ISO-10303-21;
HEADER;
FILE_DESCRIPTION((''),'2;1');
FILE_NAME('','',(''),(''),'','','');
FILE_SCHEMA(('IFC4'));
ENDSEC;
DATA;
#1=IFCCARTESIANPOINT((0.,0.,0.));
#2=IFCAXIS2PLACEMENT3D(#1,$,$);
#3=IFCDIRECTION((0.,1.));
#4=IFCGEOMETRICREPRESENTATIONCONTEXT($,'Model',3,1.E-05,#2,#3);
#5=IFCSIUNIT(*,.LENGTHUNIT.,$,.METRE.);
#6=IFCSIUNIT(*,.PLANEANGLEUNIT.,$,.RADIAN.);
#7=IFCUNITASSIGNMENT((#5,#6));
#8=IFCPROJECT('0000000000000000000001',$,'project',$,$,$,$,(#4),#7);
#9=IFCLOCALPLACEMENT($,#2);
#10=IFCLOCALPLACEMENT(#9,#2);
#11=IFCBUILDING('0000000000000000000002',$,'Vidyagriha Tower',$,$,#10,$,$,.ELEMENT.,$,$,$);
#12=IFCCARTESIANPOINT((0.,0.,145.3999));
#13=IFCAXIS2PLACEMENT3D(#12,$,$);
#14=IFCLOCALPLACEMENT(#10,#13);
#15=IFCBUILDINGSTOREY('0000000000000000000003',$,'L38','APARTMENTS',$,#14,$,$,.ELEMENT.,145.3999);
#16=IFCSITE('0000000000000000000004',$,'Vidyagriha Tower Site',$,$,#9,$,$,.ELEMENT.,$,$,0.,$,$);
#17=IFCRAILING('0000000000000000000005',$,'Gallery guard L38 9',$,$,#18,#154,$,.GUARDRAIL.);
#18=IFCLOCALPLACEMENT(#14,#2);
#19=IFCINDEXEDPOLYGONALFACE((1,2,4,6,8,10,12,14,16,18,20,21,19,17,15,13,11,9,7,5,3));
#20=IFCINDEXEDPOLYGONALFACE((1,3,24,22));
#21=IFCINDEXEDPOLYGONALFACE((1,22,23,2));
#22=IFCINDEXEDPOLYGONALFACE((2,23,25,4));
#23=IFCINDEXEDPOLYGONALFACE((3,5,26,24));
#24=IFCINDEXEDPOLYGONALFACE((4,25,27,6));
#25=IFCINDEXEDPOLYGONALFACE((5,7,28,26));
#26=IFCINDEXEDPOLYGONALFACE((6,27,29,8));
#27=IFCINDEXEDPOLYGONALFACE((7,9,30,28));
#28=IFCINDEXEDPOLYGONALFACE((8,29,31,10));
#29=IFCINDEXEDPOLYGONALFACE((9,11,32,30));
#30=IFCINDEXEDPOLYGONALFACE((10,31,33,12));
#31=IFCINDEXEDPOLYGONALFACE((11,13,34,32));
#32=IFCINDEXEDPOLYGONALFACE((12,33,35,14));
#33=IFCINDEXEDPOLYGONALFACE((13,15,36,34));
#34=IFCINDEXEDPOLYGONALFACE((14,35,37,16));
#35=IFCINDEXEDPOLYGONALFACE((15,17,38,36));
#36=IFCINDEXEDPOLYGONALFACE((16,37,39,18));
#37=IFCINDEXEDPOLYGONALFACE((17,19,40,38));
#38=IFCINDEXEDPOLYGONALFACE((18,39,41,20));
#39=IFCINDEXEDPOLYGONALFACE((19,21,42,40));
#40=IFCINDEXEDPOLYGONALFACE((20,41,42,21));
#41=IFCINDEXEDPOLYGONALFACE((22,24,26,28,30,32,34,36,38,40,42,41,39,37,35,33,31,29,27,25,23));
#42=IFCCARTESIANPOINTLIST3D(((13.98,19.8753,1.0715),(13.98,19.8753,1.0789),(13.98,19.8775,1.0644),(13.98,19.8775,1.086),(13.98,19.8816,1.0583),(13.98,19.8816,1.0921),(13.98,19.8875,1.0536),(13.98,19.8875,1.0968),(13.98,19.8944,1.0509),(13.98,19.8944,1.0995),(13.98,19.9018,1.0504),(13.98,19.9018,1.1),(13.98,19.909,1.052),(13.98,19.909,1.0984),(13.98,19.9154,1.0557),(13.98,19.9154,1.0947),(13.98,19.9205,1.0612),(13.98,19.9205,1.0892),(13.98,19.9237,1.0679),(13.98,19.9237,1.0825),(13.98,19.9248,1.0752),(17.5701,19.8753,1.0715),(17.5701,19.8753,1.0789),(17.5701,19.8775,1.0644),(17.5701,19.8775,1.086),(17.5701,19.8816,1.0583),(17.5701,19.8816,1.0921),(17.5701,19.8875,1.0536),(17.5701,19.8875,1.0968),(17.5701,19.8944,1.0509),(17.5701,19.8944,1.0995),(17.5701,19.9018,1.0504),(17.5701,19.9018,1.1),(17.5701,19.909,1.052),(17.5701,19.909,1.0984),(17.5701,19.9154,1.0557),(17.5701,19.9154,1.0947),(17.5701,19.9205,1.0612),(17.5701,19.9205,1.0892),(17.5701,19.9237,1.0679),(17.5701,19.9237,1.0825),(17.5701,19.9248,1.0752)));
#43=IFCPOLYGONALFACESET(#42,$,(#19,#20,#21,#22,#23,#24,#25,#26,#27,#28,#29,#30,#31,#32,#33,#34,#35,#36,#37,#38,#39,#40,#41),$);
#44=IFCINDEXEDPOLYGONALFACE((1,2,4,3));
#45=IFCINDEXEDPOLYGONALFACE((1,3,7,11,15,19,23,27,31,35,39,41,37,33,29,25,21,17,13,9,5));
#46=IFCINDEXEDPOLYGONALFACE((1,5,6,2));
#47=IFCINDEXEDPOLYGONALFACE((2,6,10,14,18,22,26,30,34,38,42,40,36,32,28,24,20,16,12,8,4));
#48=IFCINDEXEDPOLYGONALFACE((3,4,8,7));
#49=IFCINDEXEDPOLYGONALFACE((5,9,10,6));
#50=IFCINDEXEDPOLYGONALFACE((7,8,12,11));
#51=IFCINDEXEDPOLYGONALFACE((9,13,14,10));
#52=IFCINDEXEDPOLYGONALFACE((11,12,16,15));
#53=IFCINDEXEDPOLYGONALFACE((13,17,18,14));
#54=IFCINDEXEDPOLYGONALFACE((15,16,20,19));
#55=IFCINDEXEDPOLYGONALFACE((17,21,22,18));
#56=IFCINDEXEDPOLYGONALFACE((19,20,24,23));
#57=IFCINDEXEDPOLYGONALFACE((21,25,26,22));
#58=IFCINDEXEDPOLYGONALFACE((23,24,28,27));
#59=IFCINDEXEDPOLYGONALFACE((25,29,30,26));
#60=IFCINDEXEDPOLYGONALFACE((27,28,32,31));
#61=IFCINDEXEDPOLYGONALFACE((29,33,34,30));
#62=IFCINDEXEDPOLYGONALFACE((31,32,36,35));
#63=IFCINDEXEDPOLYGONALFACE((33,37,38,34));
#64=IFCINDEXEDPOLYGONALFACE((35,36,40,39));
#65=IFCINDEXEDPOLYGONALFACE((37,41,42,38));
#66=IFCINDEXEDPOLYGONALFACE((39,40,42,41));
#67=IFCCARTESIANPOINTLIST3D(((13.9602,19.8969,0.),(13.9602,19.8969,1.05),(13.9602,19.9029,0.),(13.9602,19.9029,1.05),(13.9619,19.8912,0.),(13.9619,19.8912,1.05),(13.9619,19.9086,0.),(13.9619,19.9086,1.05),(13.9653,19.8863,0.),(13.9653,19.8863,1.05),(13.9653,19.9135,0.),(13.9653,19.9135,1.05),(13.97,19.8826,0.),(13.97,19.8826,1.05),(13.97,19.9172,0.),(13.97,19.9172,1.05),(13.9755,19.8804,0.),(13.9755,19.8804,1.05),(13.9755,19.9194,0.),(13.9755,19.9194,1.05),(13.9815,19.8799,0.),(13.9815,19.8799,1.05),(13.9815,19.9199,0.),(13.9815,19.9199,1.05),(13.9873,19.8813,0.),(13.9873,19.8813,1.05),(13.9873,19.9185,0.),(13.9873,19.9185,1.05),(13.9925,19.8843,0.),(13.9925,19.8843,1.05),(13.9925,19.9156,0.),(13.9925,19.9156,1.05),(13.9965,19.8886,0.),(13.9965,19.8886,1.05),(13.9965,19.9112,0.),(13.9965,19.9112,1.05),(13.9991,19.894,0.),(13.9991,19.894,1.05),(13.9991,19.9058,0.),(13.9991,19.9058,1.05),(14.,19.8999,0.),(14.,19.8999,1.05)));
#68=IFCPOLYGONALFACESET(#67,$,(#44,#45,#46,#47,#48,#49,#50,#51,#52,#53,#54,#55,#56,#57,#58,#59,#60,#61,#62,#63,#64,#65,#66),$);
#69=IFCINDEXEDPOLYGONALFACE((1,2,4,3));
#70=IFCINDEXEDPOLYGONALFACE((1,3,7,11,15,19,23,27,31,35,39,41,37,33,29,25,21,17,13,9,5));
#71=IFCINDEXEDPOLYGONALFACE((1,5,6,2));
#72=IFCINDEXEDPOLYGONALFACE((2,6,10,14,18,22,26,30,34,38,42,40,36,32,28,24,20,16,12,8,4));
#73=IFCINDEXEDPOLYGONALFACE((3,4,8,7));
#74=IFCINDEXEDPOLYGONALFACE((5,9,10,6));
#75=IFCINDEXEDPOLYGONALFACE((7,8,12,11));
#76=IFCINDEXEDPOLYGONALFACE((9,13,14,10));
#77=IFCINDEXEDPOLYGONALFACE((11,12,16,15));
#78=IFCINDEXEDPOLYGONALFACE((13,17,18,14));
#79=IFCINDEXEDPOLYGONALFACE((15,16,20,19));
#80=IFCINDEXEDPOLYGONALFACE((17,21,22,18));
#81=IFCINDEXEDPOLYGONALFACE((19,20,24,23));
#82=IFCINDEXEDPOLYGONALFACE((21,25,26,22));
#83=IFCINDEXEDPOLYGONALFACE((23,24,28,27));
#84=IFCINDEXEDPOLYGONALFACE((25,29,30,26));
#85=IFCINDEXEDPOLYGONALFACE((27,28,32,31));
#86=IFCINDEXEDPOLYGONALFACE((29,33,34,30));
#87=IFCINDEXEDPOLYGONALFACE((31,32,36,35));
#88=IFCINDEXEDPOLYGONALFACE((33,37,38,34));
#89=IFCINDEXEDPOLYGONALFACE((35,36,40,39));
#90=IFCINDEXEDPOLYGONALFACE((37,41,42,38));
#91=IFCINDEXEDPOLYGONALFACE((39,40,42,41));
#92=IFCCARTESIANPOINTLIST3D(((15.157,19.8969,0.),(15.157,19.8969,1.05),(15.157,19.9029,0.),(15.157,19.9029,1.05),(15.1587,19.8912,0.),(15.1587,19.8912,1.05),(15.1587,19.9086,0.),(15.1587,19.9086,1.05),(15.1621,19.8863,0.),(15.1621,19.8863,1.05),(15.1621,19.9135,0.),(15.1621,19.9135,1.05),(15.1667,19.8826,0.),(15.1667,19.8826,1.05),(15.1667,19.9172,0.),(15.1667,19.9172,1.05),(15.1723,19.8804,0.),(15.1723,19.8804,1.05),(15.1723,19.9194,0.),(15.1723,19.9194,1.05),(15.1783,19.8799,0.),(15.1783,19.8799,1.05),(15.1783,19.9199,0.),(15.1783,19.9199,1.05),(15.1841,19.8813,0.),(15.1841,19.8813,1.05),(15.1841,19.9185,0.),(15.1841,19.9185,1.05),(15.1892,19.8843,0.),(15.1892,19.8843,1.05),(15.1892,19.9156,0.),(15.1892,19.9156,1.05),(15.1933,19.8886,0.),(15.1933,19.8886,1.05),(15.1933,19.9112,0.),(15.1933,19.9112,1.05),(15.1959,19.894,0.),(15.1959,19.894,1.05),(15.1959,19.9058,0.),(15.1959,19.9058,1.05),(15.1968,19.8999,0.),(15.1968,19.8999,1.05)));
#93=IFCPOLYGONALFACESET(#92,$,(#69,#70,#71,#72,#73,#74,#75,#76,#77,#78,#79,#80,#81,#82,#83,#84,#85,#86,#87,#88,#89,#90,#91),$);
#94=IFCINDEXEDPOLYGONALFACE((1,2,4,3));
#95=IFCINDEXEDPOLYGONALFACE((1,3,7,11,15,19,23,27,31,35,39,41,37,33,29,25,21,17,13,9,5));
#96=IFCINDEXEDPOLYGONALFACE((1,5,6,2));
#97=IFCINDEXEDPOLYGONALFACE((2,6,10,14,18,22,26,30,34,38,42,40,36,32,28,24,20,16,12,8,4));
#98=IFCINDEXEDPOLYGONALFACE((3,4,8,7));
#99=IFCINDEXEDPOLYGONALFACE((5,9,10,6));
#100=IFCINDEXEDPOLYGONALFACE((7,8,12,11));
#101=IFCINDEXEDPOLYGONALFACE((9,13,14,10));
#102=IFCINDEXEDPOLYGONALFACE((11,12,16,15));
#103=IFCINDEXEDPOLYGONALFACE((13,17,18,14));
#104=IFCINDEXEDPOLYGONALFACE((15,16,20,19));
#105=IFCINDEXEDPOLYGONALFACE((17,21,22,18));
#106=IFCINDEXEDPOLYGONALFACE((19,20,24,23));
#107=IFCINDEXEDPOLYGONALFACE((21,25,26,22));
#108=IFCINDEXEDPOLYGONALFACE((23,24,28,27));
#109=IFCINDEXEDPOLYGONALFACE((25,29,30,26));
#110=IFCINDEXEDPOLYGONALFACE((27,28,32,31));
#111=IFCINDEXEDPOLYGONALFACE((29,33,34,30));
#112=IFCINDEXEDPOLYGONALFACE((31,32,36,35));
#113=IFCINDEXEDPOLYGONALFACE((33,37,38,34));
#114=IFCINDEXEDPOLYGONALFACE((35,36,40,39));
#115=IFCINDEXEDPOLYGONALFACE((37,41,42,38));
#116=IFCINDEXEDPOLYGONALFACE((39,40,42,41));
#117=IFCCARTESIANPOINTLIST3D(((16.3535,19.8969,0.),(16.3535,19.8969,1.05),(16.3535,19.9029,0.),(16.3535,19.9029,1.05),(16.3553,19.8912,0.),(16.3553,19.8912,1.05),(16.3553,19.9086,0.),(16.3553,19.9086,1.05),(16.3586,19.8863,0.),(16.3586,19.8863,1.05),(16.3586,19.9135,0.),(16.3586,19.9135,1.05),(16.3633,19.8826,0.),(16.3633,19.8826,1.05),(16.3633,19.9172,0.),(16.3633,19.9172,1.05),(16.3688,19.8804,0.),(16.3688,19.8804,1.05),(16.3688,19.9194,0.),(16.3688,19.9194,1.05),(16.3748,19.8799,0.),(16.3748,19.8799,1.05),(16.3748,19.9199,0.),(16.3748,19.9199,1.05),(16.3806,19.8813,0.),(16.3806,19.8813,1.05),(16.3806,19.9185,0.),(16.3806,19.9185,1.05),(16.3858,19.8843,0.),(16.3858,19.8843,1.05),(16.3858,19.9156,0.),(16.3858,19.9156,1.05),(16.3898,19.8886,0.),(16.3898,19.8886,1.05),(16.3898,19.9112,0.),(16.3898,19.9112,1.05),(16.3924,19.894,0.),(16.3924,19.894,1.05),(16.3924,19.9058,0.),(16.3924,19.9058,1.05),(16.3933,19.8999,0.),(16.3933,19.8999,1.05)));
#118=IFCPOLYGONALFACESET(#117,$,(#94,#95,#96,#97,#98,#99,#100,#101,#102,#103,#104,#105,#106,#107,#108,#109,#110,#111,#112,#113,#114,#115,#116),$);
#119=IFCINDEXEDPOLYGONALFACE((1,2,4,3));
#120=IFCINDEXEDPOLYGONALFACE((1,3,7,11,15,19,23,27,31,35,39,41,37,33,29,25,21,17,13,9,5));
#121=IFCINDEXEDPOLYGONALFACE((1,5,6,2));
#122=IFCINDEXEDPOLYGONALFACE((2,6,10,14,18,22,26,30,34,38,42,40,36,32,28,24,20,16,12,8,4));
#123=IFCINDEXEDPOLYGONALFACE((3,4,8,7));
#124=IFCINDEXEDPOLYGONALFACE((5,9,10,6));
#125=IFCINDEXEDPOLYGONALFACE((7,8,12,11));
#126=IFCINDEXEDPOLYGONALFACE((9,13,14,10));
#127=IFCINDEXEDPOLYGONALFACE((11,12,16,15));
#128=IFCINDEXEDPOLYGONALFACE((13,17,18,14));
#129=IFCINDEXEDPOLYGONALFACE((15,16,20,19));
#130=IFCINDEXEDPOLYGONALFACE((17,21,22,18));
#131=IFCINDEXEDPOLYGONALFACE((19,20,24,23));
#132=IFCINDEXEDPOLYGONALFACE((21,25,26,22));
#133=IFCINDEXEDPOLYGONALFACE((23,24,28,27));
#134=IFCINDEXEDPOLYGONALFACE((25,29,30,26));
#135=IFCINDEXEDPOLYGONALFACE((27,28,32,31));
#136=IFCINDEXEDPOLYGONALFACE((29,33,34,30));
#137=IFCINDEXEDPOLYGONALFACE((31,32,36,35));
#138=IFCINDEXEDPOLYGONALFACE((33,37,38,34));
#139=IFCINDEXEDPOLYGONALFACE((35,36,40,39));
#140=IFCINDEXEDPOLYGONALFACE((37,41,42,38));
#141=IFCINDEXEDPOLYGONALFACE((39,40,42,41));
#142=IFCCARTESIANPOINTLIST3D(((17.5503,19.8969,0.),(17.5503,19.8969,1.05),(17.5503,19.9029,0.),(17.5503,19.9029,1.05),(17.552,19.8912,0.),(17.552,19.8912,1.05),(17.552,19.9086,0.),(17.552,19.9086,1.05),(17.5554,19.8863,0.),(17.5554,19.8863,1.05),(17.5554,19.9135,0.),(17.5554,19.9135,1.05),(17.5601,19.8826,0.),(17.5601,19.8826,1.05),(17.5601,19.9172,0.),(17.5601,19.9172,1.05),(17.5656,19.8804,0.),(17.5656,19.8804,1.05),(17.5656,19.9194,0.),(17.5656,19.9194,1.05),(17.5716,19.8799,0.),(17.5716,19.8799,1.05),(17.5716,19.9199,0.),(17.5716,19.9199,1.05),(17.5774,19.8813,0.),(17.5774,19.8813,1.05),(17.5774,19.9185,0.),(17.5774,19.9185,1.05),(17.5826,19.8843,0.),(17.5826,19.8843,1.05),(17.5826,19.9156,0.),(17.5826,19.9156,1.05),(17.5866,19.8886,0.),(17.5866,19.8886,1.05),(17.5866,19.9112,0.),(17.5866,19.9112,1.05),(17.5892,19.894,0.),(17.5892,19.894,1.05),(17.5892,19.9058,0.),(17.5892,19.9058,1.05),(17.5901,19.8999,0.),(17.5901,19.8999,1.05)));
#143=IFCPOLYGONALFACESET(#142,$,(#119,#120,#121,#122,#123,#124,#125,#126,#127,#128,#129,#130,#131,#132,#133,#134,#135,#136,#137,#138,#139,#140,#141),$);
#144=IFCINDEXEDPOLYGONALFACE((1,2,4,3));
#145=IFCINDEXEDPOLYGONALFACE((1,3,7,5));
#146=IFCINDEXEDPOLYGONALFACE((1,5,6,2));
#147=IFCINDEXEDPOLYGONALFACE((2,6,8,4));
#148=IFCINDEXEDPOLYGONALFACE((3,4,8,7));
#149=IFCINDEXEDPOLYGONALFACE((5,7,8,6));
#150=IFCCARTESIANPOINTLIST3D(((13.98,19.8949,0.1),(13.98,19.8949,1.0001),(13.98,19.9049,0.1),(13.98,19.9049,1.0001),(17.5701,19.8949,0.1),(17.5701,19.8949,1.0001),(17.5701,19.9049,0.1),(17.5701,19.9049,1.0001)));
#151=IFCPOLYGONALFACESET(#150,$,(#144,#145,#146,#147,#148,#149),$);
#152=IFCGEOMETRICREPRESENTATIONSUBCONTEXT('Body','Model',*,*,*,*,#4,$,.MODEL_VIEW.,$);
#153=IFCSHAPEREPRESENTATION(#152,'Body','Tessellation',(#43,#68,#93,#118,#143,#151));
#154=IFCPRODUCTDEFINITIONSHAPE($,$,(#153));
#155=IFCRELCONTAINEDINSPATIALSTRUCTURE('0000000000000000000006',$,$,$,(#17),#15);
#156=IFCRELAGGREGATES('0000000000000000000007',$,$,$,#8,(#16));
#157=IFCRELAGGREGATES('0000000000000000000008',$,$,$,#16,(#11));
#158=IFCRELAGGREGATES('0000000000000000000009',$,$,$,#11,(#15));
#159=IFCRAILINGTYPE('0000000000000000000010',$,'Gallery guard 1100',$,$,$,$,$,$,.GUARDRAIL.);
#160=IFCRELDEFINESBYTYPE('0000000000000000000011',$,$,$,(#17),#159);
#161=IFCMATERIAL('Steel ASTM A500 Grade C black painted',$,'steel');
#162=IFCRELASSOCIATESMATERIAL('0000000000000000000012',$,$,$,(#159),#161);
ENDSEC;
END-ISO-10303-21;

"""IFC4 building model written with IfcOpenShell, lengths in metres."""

from ifc_helpers import new_model, si_unit, direction, frame, origin, origin_2d, place, context, subcontext, project, spatial, rectangle, circle, extrude, material, type_object, element, save


model = new_model("IFC4")

# Units and contexts
model_context = context("Model", 3, precision=1e-05, world=origin(), true_north=direction((0.0, 1.0)))
body_context = subcontext(model_context, "Body", "Model", "MODEL_VIEW")
ifc_project = project(units=[si_unit("LENGTHUNIT", "METRE"), si_unit("PLANEANGLEUNIT", "RADIAN")], contexts=[model_context])

# Site, building, storey
site_placement = place(None, origin())
site = spatial("IfcSite", under=ifc_project, at=site_placement, Name="Vidyagriha Tower Site", CompositionType="ELEMENT", RefElevation=0.0)
building_placement = place(site_placement, origin())
building = spatial("IfcBuilding", under=site, at=building_placement, Name="Vidyagriha Tower", CompositionType="ELEMENT")
storey_placement = place(building_placement, frame((0.0, 0.0, 145.3999)))
storey = spatial("IfcBuildingStorey", under=building, at=storey_placement, Name="L38", Description="APARTMENTS", CompositionType="ELEMENT", Elevation=145.3999)

# Railing
ifc_material_1 = material(Name="Steel ASTM A500 Grade C black painted", Category="steel")
railing_type_1 = type_object("IfcRailingType", Name="Gallery guard 1100", PredefinedType="GUARDRAIL", material=ifc_material_1)
railing_1_placement = place(storey_placement, frame((13.98, 19.8999, 0.0)))
element("IfcRailing", 1, at=railing_1_placement, inside=storey, type_object=railing_type_1, Name="Gallery guard L38 9", PredefinedType="GUARDRAIL", context=body_context, shape_type="SweptSolid", body=[
    extrude(circle(Radius=0.0249, at=origin_2d()), frame((0.0, 0.0, 1.0752), z_axis=(1.0, 0.0, 0.0), x_axis=(0.0, 1.0, 0.0)), (0.0, 0.0, 1.0), 3.5901),
    extrude(circle(Radius=0.02, at=origin_2d()), origin(), (0.0, 0.0, 1.0), 1.05),
    extrude(circle(Radius=0.02, at=origin_2d()), frame((1.1968, 0.0, 0.0)), (0.0, 0.0, 1.0), 1.05),
    extrude(circle(Radius=0.02, at=origin_2d()), frame((2.3933, 0.0, 0.0)), (0.0, 0.0, 1.0), 1.05),
    extrude(circle(Radius=0.02, at=origin_2d()), frame((3.5901, 0.0, 0.0)), (0.0, 0.0, 1.0), 1.05),
    extrude(rectangle(XDim=0.01, YDim=0.9001, at=origin_2d()), frame((0.0, 0.0, 0.55), z_axis=(1.0, 0.0, 0.0), x_axis=(0.0, 1.0, 0.0)), (0.0, 0.0, 1.0), 3.5901),
])

save(model, "model.ifc")
